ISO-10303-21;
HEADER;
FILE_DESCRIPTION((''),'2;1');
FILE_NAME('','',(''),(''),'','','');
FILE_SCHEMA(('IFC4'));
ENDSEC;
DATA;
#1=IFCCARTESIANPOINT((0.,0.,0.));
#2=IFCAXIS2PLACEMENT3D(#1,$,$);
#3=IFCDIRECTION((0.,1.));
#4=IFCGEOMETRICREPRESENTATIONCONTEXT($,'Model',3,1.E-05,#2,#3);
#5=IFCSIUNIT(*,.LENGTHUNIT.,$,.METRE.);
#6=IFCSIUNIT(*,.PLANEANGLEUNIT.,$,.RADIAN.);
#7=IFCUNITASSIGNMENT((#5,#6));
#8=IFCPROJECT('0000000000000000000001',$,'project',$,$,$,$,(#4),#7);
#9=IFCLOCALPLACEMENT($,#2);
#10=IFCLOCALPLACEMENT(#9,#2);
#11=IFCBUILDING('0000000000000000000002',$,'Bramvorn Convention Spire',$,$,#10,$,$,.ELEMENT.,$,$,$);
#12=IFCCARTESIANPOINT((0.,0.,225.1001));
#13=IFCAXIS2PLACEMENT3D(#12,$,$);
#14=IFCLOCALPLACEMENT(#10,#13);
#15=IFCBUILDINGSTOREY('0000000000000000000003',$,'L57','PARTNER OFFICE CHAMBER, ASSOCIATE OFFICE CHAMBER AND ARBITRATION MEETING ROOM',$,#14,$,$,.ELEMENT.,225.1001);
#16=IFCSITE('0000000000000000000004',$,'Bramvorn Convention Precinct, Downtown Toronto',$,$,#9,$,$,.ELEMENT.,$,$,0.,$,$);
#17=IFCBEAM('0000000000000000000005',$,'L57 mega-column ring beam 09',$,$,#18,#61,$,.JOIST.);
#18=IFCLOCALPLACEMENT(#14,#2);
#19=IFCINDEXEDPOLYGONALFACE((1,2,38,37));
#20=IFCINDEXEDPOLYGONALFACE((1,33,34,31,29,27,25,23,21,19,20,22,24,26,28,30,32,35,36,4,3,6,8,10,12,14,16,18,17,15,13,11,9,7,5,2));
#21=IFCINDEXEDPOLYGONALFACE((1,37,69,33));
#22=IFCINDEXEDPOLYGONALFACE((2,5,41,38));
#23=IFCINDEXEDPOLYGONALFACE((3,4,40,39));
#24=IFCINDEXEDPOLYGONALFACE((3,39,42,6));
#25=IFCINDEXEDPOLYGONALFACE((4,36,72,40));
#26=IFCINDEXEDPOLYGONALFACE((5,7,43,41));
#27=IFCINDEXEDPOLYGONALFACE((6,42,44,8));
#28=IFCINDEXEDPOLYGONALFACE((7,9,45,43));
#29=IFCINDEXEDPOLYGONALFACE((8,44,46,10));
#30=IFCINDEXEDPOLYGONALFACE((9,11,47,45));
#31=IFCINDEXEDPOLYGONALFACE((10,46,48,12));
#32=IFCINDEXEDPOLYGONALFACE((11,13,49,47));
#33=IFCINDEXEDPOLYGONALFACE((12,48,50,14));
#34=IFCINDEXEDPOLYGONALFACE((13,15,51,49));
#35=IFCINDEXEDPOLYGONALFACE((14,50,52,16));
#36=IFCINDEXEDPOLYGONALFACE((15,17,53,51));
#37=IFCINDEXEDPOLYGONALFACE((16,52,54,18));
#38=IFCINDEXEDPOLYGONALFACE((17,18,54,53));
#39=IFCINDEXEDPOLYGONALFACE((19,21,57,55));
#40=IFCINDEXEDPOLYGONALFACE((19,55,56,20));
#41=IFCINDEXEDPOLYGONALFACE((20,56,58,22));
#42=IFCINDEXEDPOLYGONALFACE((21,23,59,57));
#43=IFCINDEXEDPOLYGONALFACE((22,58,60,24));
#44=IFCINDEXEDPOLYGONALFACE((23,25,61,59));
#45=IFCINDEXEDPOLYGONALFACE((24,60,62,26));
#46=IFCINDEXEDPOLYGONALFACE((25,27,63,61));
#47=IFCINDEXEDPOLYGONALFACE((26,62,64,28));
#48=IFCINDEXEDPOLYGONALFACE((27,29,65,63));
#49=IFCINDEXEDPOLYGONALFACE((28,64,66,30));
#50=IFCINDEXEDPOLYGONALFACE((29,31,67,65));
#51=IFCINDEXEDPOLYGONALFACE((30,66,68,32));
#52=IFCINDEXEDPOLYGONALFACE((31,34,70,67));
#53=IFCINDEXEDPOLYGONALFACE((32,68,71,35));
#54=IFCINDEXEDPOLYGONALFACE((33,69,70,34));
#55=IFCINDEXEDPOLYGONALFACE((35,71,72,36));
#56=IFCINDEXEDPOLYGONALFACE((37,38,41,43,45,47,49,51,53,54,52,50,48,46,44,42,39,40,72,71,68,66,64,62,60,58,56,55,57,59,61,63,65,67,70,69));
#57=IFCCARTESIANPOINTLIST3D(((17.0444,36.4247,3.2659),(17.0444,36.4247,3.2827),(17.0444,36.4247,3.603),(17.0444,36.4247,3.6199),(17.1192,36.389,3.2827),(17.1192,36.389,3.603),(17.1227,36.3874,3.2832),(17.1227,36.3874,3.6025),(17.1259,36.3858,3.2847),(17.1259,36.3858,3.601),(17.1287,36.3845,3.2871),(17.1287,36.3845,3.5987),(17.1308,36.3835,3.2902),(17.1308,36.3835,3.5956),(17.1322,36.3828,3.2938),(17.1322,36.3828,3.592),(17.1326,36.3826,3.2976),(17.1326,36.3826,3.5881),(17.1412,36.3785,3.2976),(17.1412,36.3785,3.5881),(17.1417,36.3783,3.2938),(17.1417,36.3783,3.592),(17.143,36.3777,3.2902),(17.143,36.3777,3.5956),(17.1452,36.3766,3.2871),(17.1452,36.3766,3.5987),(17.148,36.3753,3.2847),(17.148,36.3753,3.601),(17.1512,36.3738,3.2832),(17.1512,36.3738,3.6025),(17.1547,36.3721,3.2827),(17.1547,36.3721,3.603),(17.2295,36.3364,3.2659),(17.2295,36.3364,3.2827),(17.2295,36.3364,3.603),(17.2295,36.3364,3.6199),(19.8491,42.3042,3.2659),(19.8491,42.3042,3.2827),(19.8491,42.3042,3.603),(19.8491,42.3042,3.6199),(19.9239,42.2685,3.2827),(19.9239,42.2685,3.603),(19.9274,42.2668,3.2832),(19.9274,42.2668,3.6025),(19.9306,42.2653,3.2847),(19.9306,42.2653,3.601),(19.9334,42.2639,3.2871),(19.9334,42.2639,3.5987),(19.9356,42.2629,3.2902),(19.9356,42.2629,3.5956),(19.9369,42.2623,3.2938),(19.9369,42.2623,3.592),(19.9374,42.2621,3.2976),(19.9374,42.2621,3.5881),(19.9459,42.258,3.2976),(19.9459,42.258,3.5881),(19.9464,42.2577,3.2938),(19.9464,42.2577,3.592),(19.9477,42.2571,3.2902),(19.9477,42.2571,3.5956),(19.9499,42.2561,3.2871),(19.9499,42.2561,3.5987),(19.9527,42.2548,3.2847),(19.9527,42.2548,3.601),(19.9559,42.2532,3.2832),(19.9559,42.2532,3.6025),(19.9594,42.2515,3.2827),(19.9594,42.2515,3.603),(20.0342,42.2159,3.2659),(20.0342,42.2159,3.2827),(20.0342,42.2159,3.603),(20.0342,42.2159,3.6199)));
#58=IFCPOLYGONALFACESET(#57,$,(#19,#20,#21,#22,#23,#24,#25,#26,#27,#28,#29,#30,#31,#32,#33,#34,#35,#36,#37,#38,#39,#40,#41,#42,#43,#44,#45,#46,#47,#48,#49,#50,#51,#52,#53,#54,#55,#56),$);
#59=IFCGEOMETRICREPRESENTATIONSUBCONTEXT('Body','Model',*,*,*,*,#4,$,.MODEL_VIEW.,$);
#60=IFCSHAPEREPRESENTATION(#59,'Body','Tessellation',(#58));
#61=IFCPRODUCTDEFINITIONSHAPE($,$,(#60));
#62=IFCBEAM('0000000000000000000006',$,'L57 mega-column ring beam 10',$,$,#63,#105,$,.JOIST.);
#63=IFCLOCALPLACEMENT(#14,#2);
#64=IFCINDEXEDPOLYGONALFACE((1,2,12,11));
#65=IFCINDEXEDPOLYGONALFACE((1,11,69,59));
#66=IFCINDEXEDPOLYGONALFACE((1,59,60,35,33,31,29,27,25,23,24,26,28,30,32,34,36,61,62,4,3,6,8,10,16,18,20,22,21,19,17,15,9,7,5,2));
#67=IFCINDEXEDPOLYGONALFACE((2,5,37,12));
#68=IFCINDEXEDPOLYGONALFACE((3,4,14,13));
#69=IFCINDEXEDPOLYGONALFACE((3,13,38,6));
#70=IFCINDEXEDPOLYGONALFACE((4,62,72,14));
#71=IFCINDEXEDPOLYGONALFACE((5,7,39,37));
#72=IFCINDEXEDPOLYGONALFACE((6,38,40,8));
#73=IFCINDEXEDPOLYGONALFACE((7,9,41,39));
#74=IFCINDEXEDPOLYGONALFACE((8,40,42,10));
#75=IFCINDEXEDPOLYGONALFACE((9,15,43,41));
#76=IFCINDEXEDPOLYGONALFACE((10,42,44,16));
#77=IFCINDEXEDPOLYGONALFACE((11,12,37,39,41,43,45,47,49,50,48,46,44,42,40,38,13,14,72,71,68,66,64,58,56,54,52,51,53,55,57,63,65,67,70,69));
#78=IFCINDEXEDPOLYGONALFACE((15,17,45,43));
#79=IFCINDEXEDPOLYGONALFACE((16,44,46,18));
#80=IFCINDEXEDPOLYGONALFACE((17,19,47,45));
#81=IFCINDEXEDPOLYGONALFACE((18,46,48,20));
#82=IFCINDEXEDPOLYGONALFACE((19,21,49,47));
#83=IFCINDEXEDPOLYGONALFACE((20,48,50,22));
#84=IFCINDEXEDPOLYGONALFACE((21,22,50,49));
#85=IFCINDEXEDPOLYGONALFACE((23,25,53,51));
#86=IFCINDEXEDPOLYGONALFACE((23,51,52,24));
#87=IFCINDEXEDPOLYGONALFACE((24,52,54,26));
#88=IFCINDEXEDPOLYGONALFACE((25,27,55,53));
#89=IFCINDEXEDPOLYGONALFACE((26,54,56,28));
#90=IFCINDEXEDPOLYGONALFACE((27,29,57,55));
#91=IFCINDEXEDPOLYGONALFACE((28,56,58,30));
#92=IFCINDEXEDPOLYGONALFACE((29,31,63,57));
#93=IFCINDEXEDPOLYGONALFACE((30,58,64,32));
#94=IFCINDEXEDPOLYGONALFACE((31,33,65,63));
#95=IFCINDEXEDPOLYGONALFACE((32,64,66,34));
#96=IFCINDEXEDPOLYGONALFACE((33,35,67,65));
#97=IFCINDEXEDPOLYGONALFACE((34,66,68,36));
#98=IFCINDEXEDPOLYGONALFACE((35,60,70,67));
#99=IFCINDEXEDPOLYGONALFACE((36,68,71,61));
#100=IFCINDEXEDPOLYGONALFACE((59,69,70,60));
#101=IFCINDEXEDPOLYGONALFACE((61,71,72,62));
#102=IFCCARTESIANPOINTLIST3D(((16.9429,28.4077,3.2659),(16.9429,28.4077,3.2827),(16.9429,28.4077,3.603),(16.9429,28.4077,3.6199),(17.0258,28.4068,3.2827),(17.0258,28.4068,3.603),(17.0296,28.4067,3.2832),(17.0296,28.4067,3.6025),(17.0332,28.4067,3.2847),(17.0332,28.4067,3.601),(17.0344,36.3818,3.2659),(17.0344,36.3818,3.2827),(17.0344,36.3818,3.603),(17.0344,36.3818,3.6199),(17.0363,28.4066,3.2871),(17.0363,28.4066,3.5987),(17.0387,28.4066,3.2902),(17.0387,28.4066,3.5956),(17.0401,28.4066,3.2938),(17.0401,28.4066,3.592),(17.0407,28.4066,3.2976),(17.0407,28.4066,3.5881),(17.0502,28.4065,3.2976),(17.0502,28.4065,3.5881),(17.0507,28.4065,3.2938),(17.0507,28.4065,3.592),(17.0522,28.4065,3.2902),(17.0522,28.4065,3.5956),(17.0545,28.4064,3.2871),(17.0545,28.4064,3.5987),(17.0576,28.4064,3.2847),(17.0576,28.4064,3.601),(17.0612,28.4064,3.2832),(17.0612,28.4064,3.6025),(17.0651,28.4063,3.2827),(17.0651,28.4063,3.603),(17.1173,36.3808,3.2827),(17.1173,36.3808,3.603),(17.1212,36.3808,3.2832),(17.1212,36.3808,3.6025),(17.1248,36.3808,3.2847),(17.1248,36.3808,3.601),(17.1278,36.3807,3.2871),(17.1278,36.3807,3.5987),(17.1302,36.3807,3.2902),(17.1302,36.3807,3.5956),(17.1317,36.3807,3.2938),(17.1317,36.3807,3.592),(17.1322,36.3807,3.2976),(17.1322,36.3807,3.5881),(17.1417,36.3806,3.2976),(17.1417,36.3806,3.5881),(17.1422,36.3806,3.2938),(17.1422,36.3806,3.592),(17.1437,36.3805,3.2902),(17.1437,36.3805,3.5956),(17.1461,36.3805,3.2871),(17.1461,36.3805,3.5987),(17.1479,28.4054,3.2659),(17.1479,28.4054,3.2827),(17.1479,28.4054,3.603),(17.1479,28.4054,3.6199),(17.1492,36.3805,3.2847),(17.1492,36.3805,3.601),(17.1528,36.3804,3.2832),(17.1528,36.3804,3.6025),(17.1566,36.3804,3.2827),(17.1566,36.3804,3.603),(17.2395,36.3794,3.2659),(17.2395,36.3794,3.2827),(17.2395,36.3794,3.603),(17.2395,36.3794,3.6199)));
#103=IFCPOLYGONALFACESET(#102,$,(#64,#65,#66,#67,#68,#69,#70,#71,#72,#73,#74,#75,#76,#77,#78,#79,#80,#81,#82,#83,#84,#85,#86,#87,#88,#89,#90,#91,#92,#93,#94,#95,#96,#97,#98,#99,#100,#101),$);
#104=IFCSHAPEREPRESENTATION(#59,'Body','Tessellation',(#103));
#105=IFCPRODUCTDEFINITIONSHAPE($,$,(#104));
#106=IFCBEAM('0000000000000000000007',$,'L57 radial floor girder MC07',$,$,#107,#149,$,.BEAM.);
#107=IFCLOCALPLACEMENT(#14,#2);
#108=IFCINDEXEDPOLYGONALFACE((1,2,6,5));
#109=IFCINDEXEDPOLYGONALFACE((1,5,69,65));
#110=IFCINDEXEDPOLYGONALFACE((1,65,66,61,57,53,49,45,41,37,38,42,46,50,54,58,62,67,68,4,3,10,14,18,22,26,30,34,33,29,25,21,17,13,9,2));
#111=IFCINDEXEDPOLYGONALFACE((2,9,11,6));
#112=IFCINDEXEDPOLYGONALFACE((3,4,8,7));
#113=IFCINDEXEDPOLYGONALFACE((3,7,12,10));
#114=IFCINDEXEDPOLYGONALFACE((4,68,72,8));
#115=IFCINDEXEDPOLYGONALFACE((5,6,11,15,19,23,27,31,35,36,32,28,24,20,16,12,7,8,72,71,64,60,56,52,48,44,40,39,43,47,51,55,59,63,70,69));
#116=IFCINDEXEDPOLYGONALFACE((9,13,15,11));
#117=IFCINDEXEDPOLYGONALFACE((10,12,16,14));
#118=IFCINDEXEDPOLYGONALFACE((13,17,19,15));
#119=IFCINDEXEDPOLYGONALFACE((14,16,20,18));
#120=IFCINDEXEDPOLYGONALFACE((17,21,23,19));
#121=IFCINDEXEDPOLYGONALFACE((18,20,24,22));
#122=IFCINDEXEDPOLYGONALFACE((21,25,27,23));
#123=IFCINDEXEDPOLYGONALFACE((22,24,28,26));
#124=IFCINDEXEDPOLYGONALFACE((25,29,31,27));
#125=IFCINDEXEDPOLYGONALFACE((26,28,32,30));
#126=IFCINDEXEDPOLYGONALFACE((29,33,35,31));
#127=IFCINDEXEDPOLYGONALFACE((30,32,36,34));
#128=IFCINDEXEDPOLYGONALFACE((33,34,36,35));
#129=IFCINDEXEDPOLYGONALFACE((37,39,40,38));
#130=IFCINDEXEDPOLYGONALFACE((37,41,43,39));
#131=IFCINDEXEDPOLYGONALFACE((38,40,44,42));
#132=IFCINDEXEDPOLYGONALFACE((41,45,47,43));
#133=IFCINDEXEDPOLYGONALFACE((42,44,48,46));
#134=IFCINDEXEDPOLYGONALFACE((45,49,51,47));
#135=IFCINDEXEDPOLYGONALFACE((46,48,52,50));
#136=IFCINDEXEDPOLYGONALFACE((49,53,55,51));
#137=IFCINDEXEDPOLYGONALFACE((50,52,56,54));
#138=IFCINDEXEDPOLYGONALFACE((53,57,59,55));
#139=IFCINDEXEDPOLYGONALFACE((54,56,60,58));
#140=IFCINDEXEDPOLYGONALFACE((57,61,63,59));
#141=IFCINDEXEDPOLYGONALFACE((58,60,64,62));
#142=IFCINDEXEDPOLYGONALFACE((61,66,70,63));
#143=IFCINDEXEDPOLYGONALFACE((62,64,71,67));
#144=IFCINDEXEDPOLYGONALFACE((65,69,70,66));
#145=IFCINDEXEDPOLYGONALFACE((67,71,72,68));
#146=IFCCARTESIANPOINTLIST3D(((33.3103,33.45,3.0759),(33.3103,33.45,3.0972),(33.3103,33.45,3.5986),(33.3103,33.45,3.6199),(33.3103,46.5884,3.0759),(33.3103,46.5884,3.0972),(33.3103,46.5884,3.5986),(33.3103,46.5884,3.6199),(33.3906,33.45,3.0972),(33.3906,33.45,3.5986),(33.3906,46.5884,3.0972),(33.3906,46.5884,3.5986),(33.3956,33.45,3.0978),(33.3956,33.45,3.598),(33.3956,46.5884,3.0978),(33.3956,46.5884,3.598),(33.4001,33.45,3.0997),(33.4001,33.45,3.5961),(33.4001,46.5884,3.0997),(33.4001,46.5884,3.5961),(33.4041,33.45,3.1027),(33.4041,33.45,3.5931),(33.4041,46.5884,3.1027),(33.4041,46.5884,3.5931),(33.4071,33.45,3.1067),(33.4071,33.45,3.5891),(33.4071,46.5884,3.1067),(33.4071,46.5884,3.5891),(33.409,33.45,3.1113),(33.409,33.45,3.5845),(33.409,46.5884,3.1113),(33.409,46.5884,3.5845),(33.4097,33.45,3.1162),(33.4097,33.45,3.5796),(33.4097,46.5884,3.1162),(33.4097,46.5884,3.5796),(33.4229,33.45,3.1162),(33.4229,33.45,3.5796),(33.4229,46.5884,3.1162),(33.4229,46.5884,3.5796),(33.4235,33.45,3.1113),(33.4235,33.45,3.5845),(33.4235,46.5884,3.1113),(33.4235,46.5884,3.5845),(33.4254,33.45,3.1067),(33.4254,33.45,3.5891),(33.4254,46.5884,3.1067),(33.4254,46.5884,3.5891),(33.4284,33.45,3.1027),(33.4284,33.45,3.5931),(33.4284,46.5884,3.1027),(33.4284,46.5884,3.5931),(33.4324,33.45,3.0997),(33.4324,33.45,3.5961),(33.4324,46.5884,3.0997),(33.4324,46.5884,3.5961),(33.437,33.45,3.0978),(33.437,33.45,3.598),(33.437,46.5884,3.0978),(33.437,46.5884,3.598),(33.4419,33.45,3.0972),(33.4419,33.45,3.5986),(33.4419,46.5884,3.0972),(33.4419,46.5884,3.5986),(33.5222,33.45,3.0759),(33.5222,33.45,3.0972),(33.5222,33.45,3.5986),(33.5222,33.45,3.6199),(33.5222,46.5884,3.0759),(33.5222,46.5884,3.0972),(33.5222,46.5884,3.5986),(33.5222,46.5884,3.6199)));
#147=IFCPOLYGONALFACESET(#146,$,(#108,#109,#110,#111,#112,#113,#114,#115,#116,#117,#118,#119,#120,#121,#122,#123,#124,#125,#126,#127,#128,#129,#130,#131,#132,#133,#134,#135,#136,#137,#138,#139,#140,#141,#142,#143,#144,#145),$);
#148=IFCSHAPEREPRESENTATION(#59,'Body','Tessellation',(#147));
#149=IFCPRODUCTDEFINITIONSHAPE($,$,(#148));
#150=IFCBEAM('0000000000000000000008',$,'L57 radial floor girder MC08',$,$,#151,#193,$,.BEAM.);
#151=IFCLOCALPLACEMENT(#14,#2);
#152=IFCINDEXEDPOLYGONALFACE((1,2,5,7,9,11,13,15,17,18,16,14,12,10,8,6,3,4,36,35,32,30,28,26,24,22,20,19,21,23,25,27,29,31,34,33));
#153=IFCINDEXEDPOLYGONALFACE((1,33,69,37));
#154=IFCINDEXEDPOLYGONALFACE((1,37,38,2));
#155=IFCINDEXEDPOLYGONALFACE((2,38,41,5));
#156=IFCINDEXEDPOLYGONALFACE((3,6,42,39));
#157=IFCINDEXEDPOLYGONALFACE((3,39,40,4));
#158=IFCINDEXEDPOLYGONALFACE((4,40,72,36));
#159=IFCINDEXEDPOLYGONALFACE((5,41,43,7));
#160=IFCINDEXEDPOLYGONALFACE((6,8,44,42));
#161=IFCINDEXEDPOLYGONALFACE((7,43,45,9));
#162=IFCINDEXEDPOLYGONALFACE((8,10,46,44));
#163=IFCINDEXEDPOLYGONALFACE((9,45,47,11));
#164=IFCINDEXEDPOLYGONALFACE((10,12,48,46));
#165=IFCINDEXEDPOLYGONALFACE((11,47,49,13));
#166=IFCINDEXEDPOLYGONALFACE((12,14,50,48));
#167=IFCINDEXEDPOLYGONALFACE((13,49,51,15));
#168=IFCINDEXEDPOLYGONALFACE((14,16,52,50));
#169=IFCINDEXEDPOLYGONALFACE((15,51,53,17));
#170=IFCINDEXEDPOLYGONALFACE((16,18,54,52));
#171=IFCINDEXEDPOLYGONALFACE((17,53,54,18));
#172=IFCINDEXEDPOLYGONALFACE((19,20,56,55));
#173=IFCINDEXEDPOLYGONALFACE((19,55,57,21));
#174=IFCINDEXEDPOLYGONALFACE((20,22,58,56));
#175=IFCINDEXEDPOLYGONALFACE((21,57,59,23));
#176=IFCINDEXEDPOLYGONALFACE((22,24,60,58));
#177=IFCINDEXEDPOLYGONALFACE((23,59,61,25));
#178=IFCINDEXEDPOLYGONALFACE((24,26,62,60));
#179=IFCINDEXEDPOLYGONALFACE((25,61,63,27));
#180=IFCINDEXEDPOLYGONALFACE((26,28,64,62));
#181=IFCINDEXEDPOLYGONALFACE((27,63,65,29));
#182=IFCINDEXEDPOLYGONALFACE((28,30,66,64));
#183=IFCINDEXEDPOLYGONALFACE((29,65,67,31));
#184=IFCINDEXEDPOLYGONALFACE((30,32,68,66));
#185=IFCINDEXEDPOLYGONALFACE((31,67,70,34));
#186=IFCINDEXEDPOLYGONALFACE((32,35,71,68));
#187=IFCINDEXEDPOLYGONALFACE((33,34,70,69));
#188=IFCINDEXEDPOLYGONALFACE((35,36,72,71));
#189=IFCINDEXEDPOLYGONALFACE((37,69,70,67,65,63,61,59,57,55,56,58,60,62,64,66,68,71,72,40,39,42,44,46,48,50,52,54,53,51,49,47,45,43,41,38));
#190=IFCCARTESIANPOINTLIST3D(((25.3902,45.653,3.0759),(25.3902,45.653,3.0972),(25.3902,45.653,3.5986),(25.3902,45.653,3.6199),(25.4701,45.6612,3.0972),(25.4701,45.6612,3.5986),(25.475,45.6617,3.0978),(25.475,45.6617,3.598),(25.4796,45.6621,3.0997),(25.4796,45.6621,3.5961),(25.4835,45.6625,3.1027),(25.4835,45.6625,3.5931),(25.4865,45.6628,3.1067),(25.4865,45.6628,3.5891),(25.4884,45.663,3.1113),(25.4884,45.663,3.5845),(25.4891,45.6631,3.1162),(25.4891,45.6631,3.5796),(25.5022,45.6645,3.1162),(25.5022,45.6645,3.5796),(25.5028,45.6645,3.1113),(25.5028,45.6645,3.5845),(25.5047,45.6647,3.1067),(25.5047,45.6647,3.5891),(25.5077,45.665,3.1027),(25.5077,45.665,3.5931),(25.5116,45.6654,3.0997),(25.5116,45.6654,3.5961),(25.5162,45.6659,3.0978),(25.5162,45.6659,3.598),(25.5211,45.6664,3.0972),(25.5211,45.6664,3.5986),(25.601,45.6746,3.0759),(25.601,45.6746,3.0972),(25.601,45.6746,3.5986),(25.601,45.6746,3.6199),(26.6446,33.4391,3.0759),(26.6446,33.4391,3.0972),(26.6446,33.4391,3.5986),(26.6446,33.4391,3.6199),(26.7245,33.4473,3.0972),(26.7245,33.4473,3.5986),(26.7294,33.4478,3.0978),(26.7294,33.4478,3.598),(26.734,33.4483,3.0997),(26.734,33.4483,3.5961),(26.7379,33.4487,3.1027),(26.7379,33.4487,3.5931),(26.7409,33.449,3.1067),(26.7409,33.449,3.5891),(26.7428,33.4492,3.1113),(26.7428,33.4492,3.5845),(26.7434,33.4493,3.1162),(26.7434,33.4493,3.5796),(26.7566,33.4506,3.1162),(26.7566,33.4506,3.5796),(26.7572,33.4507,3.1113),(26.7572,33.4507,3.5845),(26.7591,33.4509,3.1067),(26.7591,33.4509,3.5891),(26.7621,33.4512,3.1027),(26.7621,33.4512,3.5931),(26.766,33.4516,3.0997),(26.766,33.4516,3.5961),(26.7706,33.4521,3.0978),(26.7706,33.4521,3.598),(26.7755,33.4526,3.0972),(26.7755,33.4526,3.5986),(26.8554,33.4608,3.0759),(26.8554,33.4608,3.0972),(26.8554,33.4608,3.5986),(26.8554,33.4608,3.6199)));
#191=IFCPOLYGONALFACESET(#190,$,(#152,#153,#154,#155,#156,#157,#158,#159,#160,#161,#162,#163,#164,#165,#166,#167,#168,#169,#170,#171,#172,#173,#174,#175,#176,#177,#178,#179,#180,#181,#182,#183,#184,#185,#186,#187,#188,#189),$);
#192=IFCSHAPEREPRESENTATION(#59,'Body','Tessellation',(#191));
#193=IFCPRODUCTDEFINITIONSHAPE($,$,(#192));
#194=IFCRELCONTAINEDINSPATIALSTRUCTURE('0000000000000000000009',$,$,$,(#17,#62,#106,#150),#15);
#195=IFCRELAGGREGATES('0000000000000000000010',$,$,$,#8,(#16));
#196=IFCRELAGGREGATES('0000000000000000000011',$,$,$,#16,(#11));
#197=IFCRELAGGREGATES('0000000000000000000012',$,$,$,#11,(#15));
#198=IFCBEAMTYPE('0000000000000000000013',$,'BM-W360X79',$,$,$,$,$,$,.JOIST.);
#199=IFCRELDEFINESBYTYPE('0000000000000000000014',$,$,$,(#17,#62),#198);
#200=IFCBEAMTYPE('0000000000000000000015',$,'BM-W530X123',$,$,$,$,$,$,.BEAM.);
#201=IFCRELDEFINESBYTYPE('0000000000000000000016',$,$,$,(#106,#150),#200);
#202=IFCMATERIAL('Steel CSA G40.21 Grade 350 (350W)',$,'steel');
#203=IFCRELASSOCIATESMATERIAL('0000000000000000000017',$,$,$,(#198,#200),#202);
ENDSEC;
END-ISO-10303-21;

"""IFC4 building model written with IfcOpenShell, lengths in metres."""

from ifc_helpers import new_model, si_unit, direction, frame, origin, origin_2d, place, context, subcontext, project, spatial, i_section, extrude, material, material_profile, profile_set, type_object, element, save


model = new_model("IFC4")

# Units and contexts
model_context = context("Model", 3, precision=1e-05, world=origin(), true_north=direction((0.0, 1.0)))
body_context = subcontext(model_context, "Body", "Model", "MODEL_VIEW")
ifc_project = project(units=[si_unit("LENGTHUNIT", "METRE"), si_unit("PLANEANGLEUNIT", "RADIAN")], contexts=[model_context])

# Site, building, storey
site_placement = place(None, origin())
site = spatial("IfcSite", under=ifc_project, at=site_placement, Name="Bramvorn Convention Precinct, Downtown Toronto", CompositionType="ELEMENT", RefElevation=0.0)
building_placement = place(site_placement, origin())
building = spatial("IfcBuilding", under=site, at=building_placement, Name="Bramvorn Convention Spire", CompositionType="ELEMENT")
storey_placement = place(building_placement, frame((0.0, 0.0, 225.1001)))
storey = spatial("IfcBuildingStorey", under=building, at=storey_placement, Name="L57", Description="PARTNER OFFICE CHAMBER, ASSOCIATE OFFICE CHAMBER AND ARBITRATION MEETING ROOM", CompositionType="ELEMENT", Elevation=225.1001)

# Shared definitions
ifc_material_1 = material(Name="Steel CSA G40.21 Grade 350 (350W)", Category="steel")

# Beams
ifc_material_profile_1 = material_profile(ifc_material_1, i_section(OverallWidth=0.2051, OverallDepth=0.354, WebThickness=0.0095, FlangeThickness=0.0168, FilletRadius=0.0149, at=origin_2d()))
ifc_profile_set_1 = profile_set([ifc_material_profile_1], Name="Steel CSA G40.21 Grade 350 (350W) - W360X79")
beam_type_1 = type_object("IfcBeamType", Name="BM-W360X79", PredefinedType="JOIST", material=ifc_profile_set_1)
beam_1_placement = place(storey_placement, frame((19.9417, 42.26, 3.4429), z_axis=(-0.430556, -0.902564, 0.0), x_axis=(0.902564, -0.430556, 0.0)))
element("IfcBeam", 1, at=beam_1_placement, inside=storey, type_object=beam_type_1, Name="L57 mega-column ring beam 09", PredefinedType="JOIST", context=body_context, shape_type="SweptSolid", body=[
    extrude(i_section(OverallWidth=0.2051, OverallDepth=0.354, WebThickness=0.0095, FlangeThickness=0.0168, FilletRadius=0.0149, at=origin_2d()), origin(), (0.0, 0.0, 1.0), 6.5142),
])
beam_2_placement = place(storey_placement, frame((17.137, 36.3806, 3.4429), z_axis=(-0.01148, -0.999934, 0.0), x_axis=(0.999934, -0.01148, 0.0)))
element("IfcBeam", 2, at=beam_2_placement, inside=storey, type_object=beam_type_1, Name="L57 mega-column ring beam 10", PredefinedType="JOIST", context=body_context, shape_type="SweptSolid", body=[
    extrude(i_section(OverallWidth=0.2051, OverallDepth=0.354, WebThickness=0.0095, FlangeThickness=0.0168, FilletRadius=0.0149, at=origin_2d()), origin(), (0.0, 0.0, 1.0), 7.9746),
])
ifc_material_profile_2 = material_profile(ifc_material_1, i_section(OverallWidth=0.2119, OverallDepth=0.5439, WebThickness=0.0132, FlangeThickness=0.0212, FilletRadius=0.019, at=origin_2d()))
ifc_profile_set_2 = profile_set([ifc_material_profile_2], Name="Steel CSA G40.21 Grade 350 (350W) - W530X123")
beam_type_2 = type_object("IfcBeamType", Name="BM-W530X123", PredefinedType="BEAM", material=ifc_profile_set_2)
beam_3_placement = place(storey_placement, frame((33.4163, 33.45, 3.3479), z_axis=(0.0, 1.0, 0.0), x_axis=(-1.0, 0.0, 0.0)))
element("IfcBeam", 3, at=beam_3_placement, inside=storey, type_object=beam_type_2, Name="L57 radial floor girder MC07", PredefinedType="BEAM", context=body_context, shape_type="SweptSolid", body=[
    extrude(i_section(OverallWidth=0.2119, OverallDepth=0.5439, WebThickness=0.0132, FlangeThickness=0.0212, FilletRadius=0.019, at=origin_2d()), origin(), (0.0, 0.0, 1.0), 13.1384),
])
beam_4_placement = place(storey_placement, frame((26.75, 33.45, 3.3479), z_axis=(-0.102165, 0.994767, 0.0), x_axis=(-0.994767, -0.102165, 0.0)))
element("IfcBeam", 4, at=beam_4_placement, inside=storey, type_object=beam_type_2, Name="L57 radial floor girder MC08", PredefinedType="BEAM", context=body_context, shape_type="SweptSolid", body=[
    extrude(i_section(OverallWidth=0.2119, OverallDepth=0.5439, WebThickness=0.0132, FlangeThickness=0.0212, FilletRadius=0.019, at=origin_2d()), origin(), (0.0, 0.0, 1.0), 12.2781),
])

save(model, "model.ifc")
